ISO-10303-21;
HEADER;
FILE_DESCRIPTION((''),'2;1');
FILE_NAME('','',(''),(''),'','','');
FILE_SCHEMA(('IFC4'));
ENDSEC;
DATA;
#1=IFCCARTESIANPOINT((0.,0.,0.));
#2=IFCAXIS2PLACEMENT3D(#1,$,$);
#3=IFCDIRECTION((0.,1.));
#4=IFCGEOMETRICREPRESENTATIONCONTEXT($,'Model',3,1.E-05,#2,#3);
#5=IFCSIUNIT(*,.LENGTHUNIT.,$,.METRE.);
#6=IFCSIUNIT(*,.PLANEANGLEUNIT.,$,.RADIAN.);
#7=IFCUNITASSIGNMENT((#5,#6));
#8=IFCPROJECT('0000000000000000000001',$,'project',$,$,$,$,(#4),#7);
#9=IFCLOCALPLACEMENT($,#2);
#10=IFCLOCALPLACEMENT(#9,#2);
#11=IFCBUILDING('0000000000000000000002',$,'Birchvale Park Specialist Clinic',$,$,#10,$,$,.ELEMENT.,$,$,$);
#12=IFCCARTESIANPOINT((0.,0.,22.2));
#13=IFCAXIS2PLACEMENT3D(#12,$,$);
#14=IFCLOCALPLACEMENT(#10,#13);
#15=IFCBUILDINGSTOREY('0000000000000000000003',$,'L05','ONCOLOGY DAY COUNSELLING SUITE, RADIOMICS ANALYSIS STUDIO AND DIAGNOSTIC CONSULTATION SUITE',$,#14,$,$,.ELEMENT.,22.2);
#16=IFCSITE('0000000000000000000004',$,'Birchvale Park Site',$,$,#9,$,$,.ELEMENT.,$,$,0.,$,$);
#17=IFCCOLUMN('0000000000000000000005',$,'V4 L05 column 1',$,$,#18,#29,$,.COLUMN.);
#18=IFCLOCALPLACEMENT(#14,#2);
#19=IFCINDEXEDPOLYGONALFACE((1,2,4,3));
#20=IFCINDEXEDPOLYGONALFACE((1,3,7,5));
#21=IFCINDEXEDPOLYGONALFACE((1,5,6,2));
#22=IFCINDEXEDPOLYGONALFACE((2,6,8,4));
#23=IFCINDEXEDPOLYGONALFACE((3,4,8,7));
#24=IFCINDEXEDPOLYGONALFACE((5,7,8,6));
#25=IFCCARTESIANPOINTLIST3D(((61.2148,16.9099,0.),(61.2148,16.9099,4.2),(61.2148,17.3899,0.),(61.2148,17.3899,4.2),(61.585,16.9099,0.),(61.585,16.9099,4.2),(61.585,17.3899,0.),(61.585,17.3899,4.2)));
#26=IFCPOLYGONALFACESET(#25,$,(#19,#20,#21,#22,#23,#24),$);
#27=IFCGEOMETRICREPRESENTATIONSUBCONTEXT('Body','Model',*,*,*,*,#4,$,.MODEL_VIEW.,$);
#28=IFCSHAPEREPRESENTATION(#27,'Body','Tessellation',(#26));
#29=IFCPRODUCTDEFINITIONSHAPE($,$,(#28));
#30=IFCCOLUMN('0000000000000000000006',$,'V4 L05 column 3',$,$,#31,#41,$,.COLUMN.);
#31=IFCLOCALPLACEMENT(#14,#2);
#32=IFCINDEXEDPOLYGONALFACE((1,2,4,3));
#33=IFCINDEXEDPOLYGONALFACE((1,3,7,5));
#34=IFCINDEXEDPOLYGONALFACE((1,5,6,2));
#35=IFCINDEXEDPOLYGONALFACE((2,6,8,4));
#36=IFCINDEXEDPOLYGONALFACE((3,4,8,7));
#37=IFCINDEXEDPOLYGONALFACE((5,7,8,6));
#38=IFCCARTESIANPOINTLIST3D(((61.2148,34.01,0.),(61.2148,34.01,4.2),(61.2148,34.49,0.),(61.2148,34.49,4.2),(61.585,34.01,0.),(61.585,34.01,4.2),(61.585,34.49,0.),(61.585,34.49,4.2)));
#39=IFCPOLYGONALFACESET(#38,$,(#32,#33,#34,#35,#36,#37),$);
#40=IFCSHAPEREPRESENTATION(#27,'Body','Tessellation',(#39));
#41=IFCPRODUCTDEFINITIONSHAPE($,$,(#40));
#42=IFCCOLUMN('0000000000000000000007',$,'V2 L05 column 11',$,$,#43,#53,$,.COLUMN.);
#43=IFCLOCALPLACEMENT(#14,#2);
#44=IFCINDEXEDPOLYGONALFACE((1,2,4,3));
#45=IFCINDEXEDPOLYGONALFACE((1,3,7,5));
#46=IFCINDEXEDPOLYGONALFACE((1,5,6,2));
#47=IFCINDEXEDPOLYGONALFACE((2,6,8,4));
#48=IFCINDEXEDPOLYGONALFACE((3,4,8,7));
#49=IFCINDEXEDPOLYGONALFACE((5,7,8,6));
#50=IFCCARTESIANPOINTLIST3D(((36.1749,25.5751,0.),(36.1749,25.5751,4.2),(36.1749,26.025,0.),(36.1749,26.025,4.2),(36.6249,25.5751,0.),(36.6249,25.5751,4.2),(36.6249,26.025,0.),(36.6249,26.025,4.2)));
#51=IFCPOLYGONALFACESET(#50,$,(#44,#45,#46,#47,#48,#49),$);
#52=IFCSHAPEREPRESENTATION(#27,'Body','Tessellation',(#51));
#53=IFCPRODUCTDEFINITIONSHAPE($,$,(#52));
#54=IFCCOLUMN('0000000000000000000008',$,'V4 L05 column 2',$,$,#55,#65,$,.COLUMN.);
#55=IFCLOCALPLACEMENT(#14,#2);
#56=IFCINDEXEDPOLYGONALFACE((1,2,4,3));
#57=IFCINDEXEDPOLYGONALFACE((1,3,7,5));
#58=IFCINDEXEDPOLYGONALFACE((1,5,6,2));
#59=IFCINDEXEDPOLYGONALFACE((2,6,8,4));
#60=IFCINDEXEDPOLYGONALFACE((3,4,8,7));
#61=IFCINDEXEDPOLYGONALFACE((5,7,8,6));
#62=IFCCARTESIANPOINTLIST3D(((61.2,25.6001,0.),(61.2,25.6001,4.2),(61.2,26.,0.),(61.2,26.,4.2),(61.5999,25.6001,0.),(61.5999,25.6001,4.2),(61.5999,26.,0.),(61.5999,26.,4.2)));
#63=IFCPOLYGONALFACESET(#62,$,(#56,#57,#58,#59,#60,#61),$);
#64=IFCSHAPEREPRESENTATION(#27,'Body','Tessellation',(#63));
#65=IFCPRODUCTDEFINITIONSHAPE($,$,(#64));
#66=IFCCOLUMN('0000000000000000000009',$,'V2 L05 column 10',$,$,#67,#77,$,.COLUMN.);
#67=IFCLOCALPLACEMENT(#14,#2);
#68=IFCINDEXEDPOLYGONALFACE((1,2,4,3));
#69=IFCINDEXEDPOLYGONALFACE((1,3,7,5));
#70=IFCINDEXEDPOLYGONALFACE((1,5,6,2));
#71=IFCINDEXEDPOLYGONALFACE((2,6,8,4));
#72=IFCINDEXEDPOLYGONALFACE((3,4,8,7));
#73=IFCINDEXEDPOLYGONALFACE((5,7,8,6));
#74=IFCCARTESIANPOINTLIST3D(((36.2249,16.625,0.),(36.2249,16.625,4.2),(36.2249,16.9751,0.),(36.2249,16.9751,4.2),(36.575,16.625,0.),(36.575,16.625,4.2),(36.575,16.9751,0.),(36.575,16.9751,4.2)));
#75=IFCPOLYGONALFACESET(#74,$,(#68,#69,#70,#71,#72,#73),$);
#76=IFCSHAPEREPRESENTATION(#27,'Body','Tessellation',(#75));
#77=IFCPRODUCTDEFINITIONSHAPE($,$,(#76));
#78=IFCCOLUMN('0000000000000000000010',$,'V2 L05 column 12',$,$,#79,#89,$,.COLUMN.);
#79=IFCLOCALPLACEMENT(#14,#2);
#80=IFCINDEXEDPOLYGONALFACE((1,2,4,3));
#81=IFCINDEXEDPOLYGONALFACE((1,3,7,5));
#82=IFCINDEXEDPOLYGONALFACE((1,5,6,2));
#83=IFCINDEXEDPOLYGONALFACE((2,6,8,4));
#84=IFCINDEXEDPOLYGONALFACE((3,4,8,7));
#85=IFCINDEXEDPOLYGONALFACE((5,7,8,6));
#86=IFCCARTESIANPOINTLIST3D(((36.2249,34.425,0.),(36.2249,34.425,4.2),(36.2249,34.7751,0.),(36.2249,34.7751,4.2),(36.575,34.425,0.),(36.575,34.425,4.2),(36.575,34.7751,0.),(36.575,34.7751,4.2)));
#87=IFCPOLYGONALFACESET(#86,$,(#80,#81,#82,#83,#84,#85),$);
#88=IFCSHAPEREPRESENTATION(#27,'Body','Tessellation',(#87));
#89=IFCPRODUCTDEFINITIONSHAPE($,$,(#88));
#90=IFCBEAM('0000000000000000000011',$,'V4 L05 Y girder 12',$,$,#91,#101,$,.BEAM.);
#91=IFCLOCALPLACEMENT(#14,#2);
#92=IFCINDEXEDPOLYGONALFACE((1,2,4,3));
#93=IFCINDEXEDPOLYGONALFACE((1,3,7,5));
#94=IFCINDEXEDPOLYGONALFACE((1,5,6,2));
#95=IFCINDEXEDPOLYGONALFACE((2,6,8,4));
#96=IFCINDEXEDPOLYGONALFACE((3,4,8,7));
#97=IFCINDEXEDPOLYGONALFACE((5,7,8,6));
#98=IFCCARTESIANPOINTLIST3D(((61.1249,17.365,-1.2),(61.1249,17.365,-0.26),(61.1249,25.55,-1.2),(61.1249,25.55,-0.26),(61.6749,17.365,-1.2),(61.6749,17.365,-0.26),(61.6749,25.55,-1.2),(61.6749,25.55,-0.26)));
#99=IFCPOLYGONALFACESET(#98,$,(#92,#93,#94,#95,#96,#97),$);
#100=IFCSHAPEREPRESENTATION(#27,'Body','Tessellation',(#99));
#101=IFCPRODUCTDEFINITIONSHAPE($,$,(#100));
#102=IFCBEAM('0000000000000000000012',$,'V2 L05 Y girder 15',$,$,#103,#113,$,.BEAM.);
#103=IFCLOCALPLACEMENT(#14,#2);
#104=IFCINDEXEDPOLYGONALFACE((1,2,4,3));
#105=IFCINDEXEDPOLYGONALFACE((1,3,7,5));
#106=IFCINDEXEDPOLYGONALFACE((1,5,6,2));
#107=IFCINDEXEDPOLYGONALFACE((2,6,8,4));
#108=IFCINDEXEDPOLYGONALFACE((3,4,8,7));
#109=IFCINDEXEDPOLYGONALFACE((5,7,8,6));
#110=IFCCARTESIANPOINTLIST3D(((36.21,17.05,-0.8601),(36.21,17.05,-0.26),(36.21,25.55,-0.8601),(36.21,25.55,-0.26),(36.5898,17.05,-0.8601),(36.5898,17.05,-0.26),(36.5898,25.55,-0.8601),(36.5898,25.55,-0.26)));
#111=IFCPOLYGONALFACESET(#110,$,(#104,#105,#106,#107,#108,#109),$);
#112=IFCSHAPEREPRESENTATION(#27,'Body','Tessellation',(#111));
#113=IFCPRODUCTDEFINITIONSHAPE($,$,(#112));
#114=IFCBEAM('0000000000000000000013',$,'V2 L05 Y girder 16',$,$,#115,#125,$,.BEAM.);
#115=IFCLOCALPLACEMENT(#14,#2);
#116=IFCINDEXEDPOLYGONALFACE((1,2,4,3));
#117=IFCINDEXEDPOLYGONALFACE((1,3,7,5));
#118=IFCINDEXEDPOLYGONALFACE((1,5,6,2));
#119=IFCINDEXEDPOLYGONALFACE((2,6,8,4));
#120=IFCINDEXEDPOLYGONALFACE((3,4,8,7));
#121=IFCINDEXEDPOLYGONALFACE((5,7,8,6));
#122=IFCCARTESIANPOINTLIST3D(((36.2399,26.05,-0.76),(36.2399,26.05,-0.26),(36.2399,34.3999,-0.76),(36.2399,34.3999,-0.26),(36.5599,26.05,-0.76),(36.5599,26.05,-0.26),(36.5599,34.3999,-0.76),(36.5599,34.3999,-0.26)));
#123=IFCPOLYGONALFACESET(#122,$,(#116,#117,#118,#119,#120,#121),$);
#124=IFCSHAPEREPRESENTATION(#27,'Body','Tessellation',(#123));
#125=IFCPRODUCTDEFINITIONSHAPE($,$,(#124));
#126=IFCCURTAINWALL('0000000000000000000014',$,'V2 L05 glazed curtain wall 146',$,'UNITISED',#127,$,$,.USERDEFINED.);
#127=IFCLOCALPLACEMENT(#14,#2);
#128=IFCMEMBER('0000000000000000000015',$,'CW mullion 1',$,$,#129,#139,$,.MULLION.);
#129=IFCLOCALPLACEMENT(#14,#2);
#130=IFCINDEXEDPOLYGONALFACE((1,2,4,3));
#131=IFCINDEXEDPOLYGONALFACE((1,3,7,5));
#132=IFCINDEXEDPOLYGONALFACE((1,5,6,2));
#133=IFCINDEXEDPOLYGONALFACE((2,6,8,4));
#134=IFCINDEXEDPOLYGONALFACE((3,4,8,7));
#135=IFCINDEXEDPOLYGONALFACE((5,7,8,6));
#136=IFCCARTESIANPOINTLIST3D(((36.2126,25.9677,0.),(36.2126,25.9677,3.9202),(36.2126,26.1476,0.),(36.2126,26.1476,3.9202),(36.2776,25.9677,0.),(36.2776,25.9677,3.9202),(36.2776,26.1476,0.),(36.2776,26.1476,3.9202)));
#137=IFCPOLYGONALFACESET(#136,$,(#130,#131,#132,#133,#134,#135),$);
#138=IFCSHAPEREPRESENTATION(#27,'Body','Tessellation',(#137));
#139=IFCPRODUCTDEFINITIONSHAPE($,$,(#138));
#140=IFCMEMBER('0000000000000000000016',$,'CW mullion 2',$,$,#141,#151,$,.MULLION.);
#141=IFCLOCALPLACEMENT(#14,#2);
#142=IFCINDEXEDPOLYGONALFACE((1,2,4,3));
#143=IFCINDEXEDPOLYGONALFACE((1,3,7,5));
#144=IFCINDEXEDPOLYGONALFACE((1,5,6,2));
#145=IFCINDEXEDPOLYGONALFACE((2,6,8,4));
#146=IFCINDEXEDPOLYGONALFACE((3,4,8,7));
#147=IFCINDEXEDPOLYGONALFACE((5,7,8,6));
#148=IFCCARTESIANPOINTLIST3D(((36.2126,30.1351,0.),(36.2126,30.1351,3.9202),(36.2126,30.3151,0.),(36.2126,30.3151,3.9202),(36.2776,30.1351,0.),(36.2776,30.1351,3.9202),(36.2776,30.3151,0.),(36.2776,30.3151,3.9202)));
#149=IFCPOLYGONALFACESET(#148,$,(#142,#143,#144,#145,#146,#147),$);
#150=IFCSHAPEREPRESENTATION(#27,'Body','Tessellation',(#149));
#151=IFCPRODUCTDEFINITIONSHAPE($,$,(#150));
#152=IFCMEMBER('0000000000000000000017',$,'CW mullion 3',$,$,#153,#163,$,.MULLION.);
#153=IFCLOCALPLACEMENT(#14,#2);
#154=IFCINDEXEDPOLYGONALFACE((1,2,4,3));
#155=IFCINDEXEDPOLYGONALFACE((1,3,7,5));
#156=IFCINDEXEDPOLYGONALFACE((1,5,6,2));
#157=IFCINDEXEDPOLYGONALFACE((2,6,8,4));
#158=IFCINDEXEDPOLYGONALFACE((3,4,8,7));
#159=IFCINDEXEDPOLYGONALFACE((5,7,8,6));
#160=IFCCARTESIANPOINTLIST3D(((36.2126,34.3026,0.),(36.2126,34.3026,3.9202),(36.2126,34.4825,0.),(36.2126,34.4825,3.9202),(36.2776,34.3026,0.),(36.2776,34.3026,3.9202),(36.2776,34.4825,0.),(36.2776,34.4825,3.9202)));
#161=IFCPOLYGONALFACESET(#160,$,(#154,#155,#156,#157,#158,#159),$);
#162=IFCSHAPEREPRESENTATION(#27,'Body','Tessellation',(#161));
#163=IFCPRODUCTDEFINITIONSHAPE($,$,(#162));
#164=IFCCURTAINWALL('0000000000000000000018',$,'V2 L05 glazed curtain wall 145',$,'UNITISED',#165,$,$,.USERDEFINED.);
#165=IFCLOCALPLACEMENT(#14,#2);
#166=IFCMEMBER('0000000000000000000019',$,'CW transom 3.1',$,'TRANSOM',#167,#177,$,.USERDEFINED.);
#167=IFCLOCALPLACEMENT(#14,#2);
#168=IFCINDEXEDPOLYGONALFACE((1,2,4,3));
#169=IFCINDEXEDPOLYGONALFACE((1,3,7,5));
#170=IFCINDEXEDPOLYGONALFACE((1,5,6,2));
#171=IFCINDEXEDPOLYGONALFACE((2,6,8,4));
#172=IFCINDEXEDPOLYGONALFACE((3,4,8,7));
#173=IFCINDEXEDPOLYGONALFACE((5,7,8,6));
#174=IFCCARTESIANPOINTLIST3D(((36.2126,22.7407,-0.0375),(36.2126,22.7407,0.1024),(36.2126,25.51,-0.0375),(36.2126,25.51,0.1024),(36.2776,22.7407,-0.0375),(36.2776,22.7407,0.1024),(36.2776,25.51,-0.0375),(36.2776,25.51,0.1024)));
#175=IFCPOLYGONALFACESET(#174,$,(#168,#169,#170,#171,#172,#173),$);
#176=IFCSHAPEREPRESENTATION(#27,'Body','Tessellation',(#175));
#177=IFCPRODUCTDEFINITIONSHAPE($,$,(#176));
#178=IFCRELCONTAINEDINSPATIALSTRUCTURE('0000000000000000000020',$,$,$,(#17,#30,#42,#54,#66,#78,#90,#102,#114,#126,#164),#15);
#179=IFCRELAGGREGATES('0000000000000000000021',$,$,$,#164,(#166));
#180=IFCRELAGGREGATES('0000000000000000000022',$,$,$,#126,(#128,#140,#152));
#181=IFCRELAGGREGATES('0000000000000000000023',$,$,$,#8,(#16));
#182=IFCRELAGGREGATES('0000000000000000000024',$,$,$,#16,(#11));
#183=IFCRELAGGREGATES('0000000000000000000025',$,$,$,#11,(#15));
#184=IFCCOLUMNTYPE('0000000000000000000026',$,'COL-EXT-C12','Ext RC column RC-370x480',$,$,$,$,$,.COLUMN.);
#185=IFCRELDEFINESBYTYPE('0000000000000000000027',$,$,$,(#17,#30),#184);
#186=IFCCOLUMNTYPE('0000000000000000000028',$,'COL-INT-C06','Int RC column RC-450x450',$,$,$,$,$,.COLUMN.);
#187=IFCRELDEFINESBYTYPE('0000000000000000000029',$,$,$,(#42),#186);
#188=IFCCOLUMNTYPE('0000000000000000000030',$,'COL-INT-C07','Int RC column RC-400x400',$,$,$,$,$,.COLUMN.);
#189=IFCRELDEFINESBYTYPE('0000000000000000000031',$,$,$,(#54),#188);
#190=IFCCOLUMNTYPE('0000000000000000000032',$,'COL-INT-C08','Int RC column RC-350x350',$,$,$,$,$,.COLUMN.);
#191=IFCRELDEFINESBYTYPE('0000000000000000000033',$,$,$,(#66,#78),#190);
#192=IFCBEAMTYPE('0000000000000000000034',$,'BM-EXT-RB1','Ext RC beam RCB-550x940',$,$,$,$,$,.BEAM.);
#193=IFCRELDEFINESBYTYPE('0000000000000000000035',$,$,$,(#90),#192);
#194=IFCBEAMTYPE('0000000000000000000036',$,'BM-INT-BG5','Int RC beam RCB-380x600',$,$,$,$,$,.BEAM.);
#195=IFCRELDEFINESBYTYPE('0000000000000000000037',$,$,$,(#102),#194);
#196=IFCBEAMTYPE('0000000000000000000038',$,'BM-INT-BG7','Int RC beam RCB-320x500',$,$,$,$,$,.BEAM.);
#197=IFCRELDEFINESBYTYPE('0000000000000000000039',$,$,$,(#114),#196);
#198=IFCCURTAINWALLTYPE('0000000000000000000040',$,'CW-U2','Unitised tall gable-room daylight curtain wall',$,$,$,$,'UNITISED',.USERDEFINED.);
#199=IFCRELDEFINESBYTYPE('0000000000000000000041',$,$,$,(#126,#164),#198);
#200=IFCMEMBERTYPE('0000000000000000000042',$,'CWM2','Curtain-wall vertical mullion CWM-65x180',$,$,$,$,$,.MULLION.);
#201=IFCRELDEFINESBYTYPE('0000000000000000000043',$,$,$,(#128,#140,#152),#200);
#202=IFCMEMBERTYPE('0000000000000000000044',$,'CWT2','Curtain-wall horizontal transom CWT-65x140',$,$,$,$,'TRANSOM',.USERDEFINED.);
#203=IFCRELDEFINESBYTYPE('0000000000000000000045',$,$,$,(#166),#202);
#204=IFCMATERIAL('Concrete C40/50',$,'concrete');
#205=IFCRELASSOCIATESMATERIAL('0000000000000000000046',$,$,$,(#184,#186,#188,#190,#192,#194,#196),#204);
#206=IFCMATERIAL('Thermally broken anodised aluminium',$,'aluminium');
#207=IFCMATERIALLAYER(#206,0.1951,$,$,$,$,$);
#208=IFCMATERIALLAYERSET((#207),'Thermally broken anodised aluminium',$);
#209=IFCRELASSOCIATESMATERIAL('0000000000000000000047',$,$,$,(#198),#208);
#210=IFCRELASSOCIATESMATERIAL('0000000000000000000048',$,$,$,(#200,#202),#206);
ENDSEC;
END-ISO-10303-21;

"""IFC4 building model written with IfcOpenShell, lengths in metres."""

from ifc_helpers import new_model, si_unit, direction, frame, origin, origin_2d, place, context, subcontext, project, spatial, rectangle, extrude, material, layer, layer_set, material_profile, profile_set, type_object, element, aggregate, save


model = new_model("IFC4")

# Units and contexts
model_context = context("Model", 3, precision=1e-05, world=origin(), true_north=direction((0.0, 1.0)))
body_context = subcontext(model_context, "Body", "Model", "MODEL_VIEW")
ifc_project = project(units=[si_unit("LENGTHUNIT", "METRE"), si_unit("PLANEANGLEUNIT", "RADIAN")], contexts=[model_context])

# Site, building, storey
site_placement = place(None, origin())
site = spatial("IfcSite", under=ifc_project, at=site_placement, Name="Birchvale Park Site", CompositionType="ELEMENT", RefElevation=0.0)
building_placement = place(site_placement, origin())
building = spatial("IfcBuilding", under=site, at=building_placement, Name="Birchvale Park Specialist Clinic", CompositionType="ELEMENT")
storey_placement = place(building_placement, frame((0.0, 0.0, 22.2)))
storey = spatial("IfcBuildingStorey", under=building, at=storey_placement, Name="L05", Description="ONCOLOGY DAY COUNSELLING SUITE, RADIOMICS ANALYSIS STUDIO AND DIAGNOSTIC CONSULTATION SUITE", CompositionType="ELEMENT", Elevation=22.2)

# Columns
ifc_material_1 = material(Name="Concrete C40/50", Category="concrete")
ifc_material_profile_1 = material_profile(ifc_material_1, rectangle(XDim=0.3701, YDim=0.48, at=origin_2d()), Name="RC-370x480")
ifc_profile_set_1 = profile_set([ifc_material_profile_1], Name="Concrete C40/50")
column_type_1 = type_object("IfcColumnType", Name="COL-EXT-C12", Description="Ext RC column RC-370x480", PredefinedType="COLUMN", material=ifc_profile_set_1)
for number, where, z_axis, x_axis, name in (
    (1, (61.3999, 17.1499, 0.0), (0.0, 0.0, 1.0), (1.0, 0.0, 0.0), "V4 L05 column 1"),
    (2, (61.3999, 34.25, 0.0), (0.0, 0.0, 1.0), (1.0, 0.0, 0.0), "V4 L05 column 3"),
):
    element("IfcColumn", number, at=place(storey_placement, frame(where, z_axis=z_axis, x_axis=x_axis)), inside=storey, type_object=column_type_1, Name=name, PredefinedType="COLUMN", context=body_context, shape_type="SweptSolid", body=[
        extrude(rectangle(XDim=0.3701, YDim=0.48, at=origin_2d()), origin(), (0.0, 0.0, 1.0), 4.2),
    ])
ifc_material_profile_2 = material_profile(ifc_material_1, rectangle(XDim=0.45, YDim=0.45, at=origin_2d()), Name="RC-450x450")
ifc_profile_set_2 = profile_set([ifc_material_profile_2], Name="Concrete C40/50")
column_type_2 = type_object("IfcColumnType", Name="COL-INT-C06", Description="Int RC column RC-450x450", PredefinedType="COLUMN", material=ifc_profile_set_2)
column_1_placement = place(storey_placement, frame((36.3999, 25.8, 0.0), z_axis=(0.0, 0.0, 1.0), x_axis=(1.0, 0.0, 0.0)))
element("IfcColumn", 3, at=column_1_placement, inside=storey, type_object=column_type_2, Name="V2 L05 column 11", PredefinedType="COLUMN", context=body_context, shape_type="SweptSolid", body=[
    extrude(rectangle(XDim=0.45, YDim=0.45, at=origin_2d()), origin(), (0.0, 0.0, 1.0), 4.2),
])
ifc_material_profile_3 = material_profile(ifc_material_1, rectangle(XDim=0.3999, YDim=0.3999, at=origin_2d()), Name="RC-400x400")
ifc_profile_set_3 = profile_set([ifc_material_profile_3], Name="Concrete C40/50")
column_type_3 = type_object("IfcColumnType", Name="COL-INT-C07", Description="Int RC column RC-400x400", PredefinedType="COLUMN", material=ifc_profile_set_3)
column_2_placement = place(storey_placement, frame((61.3999, 25.8, 0.0), z_axis=(0.0, 0.0, 1.0), x_axis=(1.0, 0.0, 0.0)))
element("IfcColumn", 4, at=column_2_placement, inside=storey, type_object=column_type_3, Name="V4 L05 column 2", PredefinedType="COLUMN", context=body_context, shape_type="SweptSolid", body=[
    extrude(rectangle(XDim=0.3999, YDim=0.3999, at=origin_2d()), origin(), (0.0, 0.0, 1.0), 4.2),
])
ifc_material_profile_4 = material_profile(ifc_material_1, rectangle(XDim=0.3501, YDim=0.3501, at=origin_2d()), Name="RC-350x350")
ifc_profile_set_4 = profile_set([ifc_material_profile_4], Name="Concrete C40/50")
column_type_4 = type_object("IfcColumnType", Name="COL-INT-C08", Description="Int RC column RC-350x350", PredefinedType="COLUMN", material=ifc_profile_set_4)
for number, where, z_axis, x_axis, name in (
    (5, (36.3999, 16.8, 0.0), (0.0, 0.0, 1.0), (1.0, 0.0, 0.0), "V2 L05 column 10"),
    (6, (36.3999, 34.6001, 0.0), (0.0, 0.0, 1.0), (1.0, 0.0, 0.0), "V2 L05 column 12"),
):
    element("IfcColumn", number, at=place(storey_placement, frame(where, z_axis=z_axis, x_axis=x_axis)), inside=storey, type_object=column_type_4, Name=name, PredefinedType="COLUMN", context=body_context, shape_type="SweptSolid", body=[
        extrude(rectangle(XDim=0.3501, YDim=0.3501, at=origin_2d()), origin(), (0.0, 0.0, 1.0), 4.2),
    ])

# Beams
ifc_material_profile_5 = material_profile(ifc_material_1, rectangle(XDim=0.55, YDim=0.9399, at=origin_2d()), Name="RCB-550x940")
ifc_profile_set_5 = profile_set([ifc_material_profile_5], Name="Concrete C40/50")
beam_type_1 = type_object("IfcBeamType", Name="BM-EXT-RB1", Description="Ext RC beam RCB-550x940", PredefinedType="BEAM", material=ifc_profile_set_5)
beam_1_placement = place(storey_placement, frame((61.3999, 17.365, -0.73), z_axis=(0.0, 1.0, 0.0), x_axis=(-1.0, 0.0, 0.0)))
element("IfcBeam", 7, at=beam_1_placement, inside=storey, type_object=beam_type_1, Name="V4 L05 Y girder 12", PredefinedType="BEAM", context=body_context, shape_type="SweptSolid", body=[
    extrude(rectangle(XDim=0.55, YDim=0.9399, at=origin_2d()), origin(), (0.0, 0.0, 1.0), 8.1851),
])
ifc_material_profile_6 = material_profile(ifc_material_1, rectangle(XDim=0.3799, YDim=0.6001, at=origin_2d()), Name="RCB-380x600")
ifc_profile_set_6 = profile_set([ifc_material_profile_6], Name="Concrete C40/50")
beam_type_2 = type_object("IfcBeamType", Name="BM-INT-BG5", Description="Int RC beam RCB-380x600", PredefinedType="BEAM", material=ifc_profile_set_6)
beam_2_placement = place(storey_placement, frame((36.3999, 17.05, -0.5601), z_axis=(0.0, 1.0, 0.0), x_axis=(-1.0, 0.0, 0.0)))
element("IfcBeam", 8, at=beam_2_placement, inside=storey, type_object=beam_type_2, Name="V2 L05 Y girder 15", PredefinedType="BEAM", context=body_context, shape_type="SweptSolid", body=[
    extrude(rectangle(XDim=0.3799, YDim=0.6001, at=origin_2d()), origin(), (0.0, 0.0, 1.0), 8.5),
])
ifc_material_profile_7 = material_profile(ifc_material_1, rectangle(XDim=0.3201, YDim=0.5, at=origin_2d()), Name="RCB-320x500")
ifc_profile_set_7 = profile_set([ifc_material_profile_7], Name="Concrete C40/50")
beam_type_3 = type_object("IfcBeamType", Name="BM-INT-BG7", Description="Int RC beam RCB-320x500", PredefinedType="BEAM", material=ifc_profile_set_7)
beam_3_placement = place(storey_placement, frame((36.3999, 26.05, -0.51), z_axis=(0.0, 1.0, 0.0), x_axis=(-1.0, 0.0, 0.0)))
element("IfcBeam", 9, at=beam_3_placement, inside=storey, type_object=beam_type_3, Name="V2 L05 Y girder 16", PredefinedType="BEAM", context=body_context, shape_type="SweptSolid", body=[
    extrude(rectangle(XDim=0.3201, YDim=0.5, at=origin_2d()), origin(), (0.0, 0.0, 1.0), 8.3499),
])

# Curtain walls, members
ifc_material_2 = material(Name="Thermally broken anodised aluminium", Category="aluminium")
ifc_layer_1 = layer(ifc_material_2, 0.1951)
ifc_layer_set_1 = layer_set([ifc_layer_1], Name="Thermally broken anodised aluminium")
curtain_wall_type = type_object("IfcCurtainWallType", Name="CW-U2", Description="Unitised tall gable-room daylight curtain wall", ElementType="UNITISED", PredefinedType="USERDEFINED", material=ifc_layer_set_1)
curtain_wall_1_placement = place(storey_placement, origin())
curtain_wall_1 = element("IfcCurtainWall", 10, at=curtain_wall_1_placement, inside=storey, type_object=curtain_wall_type, Name="V2 L05 glazed curtain wall 146", ObjectType="UNITISED", PredefinedType="USERDEFINED")
ifc_material_profile_8 = material_profile(ifc_material_2, rectangle(XDim=0.0649, YDim=0.1799, at=origin_2d()), Name="CWM-65x180")
ifc_profile_set_8 = profile_set([ifc_material_profile_8], Name="Thermally broken anodised aluminium")
member_type_1 = type_object("IfcMemberType", Name="CWM2", Description="Curtain-wall vertical mullion CWM-65x180", PredefinedType="MULLION", material=ifc_profile_set_8)
member_1_placement = place(storey_placement, frame((36.2451, 26.0576, 0.0), z_axis=(0.0, 0.0, 1.0), x_axis=(-1.0, 0.0, 0.0)))
member_1 = element("IfcMember", 11, at=member_1_placement, type_object=member_type_1, Name="CW mullion 1", PredefinedType="MULLION", context=body_context, shape_type="SweptSolid", body=[
    extrude(rectangle(XDim=0.0649, YDim=0.1799, at=origin_2d()), origin(), (0.0, 0.0, 1.0), 3.9202),
])
member_2_placement = place(storey_placement, frame((36.2451, 30.2251, 0.0), z_axis=(0.0, 0.0, 1.0), x_axis=(-1.0, 0.0, 0.0)))
member_2 = element("IfcMember", 12, at=member_2_placement, type_object=member_type_1, Name="CW mullion 2", PredefinedType="MULLION", context=body_context, shape_type="SweptSolid", body=[
    extrude(rectangle(XDim=0.0649, YDim=0.1799, at=origin_2d()), origin(), (0.0, 0.0, 1.0), 3.9202),
])
member_3_placement = place(storey_placement, frame((36.2451, 34.3926, 0.0), z_axis=(0.0, 0.0, 1.0), x_axis=(-1.0, 0.0, 0.0)))
member_3 = element("IfcMember", 13, at=member_3_placement, type_object=member_type_1, Name="CW mullion 3", PredefinedType="MULLION", context=body_context, shape_type="SweptSolid", body=[
    extrude(rectangle(XDim=0.0649, YDim=0.1799, at=origin_2d()), origin(), (0.0, 0.0, 1.0), 3.9202),
])
curtain_wall_2_placement = place(storey_placement, origin())
curtain_wall_2 = element("IfcCurtainWall", 14, at=curtain_wall_2_placement, inside=storey, type_object=curtain_wall_type, Name="V2 L05 glazed curtain wall 145", ObjectType="UNITISED", PredefinedType="USERDEFINED")
ifc_material_profile_9 = material_profile(ifc_material_2, rectangle(XDim=0.0649, YDim=0.1399, at=origin_2d()), Name="CWT-65x140")
ifc_profile_set_9 = profile_set([ifc_material_profile_9], Name="Thermally broken anodised aluminium")
member_type_2 = type_object("IfcMemberType", Name="CWT2", Description="Curtain-wall horizontal transom CWT-65x140", ElementType="TRANSOM", PredefinedType="USERDEFINED", material=ifc_profile_set_9)
member_4_placement = place(storey_placement, frame((36.2451, 22.7407, 0.0325), z_axis=(0.0, 1.0, 0.0), x_axis=(-1.0, 0.0, 0.0)))
member_4 = element("IfcMember", 15, at=member_4_placement, type_object=member_type_2, Name="CW transom 3.1", ObjectType="TRANSOM", PredefinedType="USERDEFINED", context=body_context, shape_type="SweptSolid", body=[
    extrude(rectangle(XDim=0.0649, YDim=0.1399, at=origin_2d()), origin(), (0.0, 0.0, 1.0), 2.7693),
])

aggregate(curtain_wall_2, [member_4])
aggregate(curtain_wall_1, [member_1, member_2, member_3])

save(model, "model.ifc")
